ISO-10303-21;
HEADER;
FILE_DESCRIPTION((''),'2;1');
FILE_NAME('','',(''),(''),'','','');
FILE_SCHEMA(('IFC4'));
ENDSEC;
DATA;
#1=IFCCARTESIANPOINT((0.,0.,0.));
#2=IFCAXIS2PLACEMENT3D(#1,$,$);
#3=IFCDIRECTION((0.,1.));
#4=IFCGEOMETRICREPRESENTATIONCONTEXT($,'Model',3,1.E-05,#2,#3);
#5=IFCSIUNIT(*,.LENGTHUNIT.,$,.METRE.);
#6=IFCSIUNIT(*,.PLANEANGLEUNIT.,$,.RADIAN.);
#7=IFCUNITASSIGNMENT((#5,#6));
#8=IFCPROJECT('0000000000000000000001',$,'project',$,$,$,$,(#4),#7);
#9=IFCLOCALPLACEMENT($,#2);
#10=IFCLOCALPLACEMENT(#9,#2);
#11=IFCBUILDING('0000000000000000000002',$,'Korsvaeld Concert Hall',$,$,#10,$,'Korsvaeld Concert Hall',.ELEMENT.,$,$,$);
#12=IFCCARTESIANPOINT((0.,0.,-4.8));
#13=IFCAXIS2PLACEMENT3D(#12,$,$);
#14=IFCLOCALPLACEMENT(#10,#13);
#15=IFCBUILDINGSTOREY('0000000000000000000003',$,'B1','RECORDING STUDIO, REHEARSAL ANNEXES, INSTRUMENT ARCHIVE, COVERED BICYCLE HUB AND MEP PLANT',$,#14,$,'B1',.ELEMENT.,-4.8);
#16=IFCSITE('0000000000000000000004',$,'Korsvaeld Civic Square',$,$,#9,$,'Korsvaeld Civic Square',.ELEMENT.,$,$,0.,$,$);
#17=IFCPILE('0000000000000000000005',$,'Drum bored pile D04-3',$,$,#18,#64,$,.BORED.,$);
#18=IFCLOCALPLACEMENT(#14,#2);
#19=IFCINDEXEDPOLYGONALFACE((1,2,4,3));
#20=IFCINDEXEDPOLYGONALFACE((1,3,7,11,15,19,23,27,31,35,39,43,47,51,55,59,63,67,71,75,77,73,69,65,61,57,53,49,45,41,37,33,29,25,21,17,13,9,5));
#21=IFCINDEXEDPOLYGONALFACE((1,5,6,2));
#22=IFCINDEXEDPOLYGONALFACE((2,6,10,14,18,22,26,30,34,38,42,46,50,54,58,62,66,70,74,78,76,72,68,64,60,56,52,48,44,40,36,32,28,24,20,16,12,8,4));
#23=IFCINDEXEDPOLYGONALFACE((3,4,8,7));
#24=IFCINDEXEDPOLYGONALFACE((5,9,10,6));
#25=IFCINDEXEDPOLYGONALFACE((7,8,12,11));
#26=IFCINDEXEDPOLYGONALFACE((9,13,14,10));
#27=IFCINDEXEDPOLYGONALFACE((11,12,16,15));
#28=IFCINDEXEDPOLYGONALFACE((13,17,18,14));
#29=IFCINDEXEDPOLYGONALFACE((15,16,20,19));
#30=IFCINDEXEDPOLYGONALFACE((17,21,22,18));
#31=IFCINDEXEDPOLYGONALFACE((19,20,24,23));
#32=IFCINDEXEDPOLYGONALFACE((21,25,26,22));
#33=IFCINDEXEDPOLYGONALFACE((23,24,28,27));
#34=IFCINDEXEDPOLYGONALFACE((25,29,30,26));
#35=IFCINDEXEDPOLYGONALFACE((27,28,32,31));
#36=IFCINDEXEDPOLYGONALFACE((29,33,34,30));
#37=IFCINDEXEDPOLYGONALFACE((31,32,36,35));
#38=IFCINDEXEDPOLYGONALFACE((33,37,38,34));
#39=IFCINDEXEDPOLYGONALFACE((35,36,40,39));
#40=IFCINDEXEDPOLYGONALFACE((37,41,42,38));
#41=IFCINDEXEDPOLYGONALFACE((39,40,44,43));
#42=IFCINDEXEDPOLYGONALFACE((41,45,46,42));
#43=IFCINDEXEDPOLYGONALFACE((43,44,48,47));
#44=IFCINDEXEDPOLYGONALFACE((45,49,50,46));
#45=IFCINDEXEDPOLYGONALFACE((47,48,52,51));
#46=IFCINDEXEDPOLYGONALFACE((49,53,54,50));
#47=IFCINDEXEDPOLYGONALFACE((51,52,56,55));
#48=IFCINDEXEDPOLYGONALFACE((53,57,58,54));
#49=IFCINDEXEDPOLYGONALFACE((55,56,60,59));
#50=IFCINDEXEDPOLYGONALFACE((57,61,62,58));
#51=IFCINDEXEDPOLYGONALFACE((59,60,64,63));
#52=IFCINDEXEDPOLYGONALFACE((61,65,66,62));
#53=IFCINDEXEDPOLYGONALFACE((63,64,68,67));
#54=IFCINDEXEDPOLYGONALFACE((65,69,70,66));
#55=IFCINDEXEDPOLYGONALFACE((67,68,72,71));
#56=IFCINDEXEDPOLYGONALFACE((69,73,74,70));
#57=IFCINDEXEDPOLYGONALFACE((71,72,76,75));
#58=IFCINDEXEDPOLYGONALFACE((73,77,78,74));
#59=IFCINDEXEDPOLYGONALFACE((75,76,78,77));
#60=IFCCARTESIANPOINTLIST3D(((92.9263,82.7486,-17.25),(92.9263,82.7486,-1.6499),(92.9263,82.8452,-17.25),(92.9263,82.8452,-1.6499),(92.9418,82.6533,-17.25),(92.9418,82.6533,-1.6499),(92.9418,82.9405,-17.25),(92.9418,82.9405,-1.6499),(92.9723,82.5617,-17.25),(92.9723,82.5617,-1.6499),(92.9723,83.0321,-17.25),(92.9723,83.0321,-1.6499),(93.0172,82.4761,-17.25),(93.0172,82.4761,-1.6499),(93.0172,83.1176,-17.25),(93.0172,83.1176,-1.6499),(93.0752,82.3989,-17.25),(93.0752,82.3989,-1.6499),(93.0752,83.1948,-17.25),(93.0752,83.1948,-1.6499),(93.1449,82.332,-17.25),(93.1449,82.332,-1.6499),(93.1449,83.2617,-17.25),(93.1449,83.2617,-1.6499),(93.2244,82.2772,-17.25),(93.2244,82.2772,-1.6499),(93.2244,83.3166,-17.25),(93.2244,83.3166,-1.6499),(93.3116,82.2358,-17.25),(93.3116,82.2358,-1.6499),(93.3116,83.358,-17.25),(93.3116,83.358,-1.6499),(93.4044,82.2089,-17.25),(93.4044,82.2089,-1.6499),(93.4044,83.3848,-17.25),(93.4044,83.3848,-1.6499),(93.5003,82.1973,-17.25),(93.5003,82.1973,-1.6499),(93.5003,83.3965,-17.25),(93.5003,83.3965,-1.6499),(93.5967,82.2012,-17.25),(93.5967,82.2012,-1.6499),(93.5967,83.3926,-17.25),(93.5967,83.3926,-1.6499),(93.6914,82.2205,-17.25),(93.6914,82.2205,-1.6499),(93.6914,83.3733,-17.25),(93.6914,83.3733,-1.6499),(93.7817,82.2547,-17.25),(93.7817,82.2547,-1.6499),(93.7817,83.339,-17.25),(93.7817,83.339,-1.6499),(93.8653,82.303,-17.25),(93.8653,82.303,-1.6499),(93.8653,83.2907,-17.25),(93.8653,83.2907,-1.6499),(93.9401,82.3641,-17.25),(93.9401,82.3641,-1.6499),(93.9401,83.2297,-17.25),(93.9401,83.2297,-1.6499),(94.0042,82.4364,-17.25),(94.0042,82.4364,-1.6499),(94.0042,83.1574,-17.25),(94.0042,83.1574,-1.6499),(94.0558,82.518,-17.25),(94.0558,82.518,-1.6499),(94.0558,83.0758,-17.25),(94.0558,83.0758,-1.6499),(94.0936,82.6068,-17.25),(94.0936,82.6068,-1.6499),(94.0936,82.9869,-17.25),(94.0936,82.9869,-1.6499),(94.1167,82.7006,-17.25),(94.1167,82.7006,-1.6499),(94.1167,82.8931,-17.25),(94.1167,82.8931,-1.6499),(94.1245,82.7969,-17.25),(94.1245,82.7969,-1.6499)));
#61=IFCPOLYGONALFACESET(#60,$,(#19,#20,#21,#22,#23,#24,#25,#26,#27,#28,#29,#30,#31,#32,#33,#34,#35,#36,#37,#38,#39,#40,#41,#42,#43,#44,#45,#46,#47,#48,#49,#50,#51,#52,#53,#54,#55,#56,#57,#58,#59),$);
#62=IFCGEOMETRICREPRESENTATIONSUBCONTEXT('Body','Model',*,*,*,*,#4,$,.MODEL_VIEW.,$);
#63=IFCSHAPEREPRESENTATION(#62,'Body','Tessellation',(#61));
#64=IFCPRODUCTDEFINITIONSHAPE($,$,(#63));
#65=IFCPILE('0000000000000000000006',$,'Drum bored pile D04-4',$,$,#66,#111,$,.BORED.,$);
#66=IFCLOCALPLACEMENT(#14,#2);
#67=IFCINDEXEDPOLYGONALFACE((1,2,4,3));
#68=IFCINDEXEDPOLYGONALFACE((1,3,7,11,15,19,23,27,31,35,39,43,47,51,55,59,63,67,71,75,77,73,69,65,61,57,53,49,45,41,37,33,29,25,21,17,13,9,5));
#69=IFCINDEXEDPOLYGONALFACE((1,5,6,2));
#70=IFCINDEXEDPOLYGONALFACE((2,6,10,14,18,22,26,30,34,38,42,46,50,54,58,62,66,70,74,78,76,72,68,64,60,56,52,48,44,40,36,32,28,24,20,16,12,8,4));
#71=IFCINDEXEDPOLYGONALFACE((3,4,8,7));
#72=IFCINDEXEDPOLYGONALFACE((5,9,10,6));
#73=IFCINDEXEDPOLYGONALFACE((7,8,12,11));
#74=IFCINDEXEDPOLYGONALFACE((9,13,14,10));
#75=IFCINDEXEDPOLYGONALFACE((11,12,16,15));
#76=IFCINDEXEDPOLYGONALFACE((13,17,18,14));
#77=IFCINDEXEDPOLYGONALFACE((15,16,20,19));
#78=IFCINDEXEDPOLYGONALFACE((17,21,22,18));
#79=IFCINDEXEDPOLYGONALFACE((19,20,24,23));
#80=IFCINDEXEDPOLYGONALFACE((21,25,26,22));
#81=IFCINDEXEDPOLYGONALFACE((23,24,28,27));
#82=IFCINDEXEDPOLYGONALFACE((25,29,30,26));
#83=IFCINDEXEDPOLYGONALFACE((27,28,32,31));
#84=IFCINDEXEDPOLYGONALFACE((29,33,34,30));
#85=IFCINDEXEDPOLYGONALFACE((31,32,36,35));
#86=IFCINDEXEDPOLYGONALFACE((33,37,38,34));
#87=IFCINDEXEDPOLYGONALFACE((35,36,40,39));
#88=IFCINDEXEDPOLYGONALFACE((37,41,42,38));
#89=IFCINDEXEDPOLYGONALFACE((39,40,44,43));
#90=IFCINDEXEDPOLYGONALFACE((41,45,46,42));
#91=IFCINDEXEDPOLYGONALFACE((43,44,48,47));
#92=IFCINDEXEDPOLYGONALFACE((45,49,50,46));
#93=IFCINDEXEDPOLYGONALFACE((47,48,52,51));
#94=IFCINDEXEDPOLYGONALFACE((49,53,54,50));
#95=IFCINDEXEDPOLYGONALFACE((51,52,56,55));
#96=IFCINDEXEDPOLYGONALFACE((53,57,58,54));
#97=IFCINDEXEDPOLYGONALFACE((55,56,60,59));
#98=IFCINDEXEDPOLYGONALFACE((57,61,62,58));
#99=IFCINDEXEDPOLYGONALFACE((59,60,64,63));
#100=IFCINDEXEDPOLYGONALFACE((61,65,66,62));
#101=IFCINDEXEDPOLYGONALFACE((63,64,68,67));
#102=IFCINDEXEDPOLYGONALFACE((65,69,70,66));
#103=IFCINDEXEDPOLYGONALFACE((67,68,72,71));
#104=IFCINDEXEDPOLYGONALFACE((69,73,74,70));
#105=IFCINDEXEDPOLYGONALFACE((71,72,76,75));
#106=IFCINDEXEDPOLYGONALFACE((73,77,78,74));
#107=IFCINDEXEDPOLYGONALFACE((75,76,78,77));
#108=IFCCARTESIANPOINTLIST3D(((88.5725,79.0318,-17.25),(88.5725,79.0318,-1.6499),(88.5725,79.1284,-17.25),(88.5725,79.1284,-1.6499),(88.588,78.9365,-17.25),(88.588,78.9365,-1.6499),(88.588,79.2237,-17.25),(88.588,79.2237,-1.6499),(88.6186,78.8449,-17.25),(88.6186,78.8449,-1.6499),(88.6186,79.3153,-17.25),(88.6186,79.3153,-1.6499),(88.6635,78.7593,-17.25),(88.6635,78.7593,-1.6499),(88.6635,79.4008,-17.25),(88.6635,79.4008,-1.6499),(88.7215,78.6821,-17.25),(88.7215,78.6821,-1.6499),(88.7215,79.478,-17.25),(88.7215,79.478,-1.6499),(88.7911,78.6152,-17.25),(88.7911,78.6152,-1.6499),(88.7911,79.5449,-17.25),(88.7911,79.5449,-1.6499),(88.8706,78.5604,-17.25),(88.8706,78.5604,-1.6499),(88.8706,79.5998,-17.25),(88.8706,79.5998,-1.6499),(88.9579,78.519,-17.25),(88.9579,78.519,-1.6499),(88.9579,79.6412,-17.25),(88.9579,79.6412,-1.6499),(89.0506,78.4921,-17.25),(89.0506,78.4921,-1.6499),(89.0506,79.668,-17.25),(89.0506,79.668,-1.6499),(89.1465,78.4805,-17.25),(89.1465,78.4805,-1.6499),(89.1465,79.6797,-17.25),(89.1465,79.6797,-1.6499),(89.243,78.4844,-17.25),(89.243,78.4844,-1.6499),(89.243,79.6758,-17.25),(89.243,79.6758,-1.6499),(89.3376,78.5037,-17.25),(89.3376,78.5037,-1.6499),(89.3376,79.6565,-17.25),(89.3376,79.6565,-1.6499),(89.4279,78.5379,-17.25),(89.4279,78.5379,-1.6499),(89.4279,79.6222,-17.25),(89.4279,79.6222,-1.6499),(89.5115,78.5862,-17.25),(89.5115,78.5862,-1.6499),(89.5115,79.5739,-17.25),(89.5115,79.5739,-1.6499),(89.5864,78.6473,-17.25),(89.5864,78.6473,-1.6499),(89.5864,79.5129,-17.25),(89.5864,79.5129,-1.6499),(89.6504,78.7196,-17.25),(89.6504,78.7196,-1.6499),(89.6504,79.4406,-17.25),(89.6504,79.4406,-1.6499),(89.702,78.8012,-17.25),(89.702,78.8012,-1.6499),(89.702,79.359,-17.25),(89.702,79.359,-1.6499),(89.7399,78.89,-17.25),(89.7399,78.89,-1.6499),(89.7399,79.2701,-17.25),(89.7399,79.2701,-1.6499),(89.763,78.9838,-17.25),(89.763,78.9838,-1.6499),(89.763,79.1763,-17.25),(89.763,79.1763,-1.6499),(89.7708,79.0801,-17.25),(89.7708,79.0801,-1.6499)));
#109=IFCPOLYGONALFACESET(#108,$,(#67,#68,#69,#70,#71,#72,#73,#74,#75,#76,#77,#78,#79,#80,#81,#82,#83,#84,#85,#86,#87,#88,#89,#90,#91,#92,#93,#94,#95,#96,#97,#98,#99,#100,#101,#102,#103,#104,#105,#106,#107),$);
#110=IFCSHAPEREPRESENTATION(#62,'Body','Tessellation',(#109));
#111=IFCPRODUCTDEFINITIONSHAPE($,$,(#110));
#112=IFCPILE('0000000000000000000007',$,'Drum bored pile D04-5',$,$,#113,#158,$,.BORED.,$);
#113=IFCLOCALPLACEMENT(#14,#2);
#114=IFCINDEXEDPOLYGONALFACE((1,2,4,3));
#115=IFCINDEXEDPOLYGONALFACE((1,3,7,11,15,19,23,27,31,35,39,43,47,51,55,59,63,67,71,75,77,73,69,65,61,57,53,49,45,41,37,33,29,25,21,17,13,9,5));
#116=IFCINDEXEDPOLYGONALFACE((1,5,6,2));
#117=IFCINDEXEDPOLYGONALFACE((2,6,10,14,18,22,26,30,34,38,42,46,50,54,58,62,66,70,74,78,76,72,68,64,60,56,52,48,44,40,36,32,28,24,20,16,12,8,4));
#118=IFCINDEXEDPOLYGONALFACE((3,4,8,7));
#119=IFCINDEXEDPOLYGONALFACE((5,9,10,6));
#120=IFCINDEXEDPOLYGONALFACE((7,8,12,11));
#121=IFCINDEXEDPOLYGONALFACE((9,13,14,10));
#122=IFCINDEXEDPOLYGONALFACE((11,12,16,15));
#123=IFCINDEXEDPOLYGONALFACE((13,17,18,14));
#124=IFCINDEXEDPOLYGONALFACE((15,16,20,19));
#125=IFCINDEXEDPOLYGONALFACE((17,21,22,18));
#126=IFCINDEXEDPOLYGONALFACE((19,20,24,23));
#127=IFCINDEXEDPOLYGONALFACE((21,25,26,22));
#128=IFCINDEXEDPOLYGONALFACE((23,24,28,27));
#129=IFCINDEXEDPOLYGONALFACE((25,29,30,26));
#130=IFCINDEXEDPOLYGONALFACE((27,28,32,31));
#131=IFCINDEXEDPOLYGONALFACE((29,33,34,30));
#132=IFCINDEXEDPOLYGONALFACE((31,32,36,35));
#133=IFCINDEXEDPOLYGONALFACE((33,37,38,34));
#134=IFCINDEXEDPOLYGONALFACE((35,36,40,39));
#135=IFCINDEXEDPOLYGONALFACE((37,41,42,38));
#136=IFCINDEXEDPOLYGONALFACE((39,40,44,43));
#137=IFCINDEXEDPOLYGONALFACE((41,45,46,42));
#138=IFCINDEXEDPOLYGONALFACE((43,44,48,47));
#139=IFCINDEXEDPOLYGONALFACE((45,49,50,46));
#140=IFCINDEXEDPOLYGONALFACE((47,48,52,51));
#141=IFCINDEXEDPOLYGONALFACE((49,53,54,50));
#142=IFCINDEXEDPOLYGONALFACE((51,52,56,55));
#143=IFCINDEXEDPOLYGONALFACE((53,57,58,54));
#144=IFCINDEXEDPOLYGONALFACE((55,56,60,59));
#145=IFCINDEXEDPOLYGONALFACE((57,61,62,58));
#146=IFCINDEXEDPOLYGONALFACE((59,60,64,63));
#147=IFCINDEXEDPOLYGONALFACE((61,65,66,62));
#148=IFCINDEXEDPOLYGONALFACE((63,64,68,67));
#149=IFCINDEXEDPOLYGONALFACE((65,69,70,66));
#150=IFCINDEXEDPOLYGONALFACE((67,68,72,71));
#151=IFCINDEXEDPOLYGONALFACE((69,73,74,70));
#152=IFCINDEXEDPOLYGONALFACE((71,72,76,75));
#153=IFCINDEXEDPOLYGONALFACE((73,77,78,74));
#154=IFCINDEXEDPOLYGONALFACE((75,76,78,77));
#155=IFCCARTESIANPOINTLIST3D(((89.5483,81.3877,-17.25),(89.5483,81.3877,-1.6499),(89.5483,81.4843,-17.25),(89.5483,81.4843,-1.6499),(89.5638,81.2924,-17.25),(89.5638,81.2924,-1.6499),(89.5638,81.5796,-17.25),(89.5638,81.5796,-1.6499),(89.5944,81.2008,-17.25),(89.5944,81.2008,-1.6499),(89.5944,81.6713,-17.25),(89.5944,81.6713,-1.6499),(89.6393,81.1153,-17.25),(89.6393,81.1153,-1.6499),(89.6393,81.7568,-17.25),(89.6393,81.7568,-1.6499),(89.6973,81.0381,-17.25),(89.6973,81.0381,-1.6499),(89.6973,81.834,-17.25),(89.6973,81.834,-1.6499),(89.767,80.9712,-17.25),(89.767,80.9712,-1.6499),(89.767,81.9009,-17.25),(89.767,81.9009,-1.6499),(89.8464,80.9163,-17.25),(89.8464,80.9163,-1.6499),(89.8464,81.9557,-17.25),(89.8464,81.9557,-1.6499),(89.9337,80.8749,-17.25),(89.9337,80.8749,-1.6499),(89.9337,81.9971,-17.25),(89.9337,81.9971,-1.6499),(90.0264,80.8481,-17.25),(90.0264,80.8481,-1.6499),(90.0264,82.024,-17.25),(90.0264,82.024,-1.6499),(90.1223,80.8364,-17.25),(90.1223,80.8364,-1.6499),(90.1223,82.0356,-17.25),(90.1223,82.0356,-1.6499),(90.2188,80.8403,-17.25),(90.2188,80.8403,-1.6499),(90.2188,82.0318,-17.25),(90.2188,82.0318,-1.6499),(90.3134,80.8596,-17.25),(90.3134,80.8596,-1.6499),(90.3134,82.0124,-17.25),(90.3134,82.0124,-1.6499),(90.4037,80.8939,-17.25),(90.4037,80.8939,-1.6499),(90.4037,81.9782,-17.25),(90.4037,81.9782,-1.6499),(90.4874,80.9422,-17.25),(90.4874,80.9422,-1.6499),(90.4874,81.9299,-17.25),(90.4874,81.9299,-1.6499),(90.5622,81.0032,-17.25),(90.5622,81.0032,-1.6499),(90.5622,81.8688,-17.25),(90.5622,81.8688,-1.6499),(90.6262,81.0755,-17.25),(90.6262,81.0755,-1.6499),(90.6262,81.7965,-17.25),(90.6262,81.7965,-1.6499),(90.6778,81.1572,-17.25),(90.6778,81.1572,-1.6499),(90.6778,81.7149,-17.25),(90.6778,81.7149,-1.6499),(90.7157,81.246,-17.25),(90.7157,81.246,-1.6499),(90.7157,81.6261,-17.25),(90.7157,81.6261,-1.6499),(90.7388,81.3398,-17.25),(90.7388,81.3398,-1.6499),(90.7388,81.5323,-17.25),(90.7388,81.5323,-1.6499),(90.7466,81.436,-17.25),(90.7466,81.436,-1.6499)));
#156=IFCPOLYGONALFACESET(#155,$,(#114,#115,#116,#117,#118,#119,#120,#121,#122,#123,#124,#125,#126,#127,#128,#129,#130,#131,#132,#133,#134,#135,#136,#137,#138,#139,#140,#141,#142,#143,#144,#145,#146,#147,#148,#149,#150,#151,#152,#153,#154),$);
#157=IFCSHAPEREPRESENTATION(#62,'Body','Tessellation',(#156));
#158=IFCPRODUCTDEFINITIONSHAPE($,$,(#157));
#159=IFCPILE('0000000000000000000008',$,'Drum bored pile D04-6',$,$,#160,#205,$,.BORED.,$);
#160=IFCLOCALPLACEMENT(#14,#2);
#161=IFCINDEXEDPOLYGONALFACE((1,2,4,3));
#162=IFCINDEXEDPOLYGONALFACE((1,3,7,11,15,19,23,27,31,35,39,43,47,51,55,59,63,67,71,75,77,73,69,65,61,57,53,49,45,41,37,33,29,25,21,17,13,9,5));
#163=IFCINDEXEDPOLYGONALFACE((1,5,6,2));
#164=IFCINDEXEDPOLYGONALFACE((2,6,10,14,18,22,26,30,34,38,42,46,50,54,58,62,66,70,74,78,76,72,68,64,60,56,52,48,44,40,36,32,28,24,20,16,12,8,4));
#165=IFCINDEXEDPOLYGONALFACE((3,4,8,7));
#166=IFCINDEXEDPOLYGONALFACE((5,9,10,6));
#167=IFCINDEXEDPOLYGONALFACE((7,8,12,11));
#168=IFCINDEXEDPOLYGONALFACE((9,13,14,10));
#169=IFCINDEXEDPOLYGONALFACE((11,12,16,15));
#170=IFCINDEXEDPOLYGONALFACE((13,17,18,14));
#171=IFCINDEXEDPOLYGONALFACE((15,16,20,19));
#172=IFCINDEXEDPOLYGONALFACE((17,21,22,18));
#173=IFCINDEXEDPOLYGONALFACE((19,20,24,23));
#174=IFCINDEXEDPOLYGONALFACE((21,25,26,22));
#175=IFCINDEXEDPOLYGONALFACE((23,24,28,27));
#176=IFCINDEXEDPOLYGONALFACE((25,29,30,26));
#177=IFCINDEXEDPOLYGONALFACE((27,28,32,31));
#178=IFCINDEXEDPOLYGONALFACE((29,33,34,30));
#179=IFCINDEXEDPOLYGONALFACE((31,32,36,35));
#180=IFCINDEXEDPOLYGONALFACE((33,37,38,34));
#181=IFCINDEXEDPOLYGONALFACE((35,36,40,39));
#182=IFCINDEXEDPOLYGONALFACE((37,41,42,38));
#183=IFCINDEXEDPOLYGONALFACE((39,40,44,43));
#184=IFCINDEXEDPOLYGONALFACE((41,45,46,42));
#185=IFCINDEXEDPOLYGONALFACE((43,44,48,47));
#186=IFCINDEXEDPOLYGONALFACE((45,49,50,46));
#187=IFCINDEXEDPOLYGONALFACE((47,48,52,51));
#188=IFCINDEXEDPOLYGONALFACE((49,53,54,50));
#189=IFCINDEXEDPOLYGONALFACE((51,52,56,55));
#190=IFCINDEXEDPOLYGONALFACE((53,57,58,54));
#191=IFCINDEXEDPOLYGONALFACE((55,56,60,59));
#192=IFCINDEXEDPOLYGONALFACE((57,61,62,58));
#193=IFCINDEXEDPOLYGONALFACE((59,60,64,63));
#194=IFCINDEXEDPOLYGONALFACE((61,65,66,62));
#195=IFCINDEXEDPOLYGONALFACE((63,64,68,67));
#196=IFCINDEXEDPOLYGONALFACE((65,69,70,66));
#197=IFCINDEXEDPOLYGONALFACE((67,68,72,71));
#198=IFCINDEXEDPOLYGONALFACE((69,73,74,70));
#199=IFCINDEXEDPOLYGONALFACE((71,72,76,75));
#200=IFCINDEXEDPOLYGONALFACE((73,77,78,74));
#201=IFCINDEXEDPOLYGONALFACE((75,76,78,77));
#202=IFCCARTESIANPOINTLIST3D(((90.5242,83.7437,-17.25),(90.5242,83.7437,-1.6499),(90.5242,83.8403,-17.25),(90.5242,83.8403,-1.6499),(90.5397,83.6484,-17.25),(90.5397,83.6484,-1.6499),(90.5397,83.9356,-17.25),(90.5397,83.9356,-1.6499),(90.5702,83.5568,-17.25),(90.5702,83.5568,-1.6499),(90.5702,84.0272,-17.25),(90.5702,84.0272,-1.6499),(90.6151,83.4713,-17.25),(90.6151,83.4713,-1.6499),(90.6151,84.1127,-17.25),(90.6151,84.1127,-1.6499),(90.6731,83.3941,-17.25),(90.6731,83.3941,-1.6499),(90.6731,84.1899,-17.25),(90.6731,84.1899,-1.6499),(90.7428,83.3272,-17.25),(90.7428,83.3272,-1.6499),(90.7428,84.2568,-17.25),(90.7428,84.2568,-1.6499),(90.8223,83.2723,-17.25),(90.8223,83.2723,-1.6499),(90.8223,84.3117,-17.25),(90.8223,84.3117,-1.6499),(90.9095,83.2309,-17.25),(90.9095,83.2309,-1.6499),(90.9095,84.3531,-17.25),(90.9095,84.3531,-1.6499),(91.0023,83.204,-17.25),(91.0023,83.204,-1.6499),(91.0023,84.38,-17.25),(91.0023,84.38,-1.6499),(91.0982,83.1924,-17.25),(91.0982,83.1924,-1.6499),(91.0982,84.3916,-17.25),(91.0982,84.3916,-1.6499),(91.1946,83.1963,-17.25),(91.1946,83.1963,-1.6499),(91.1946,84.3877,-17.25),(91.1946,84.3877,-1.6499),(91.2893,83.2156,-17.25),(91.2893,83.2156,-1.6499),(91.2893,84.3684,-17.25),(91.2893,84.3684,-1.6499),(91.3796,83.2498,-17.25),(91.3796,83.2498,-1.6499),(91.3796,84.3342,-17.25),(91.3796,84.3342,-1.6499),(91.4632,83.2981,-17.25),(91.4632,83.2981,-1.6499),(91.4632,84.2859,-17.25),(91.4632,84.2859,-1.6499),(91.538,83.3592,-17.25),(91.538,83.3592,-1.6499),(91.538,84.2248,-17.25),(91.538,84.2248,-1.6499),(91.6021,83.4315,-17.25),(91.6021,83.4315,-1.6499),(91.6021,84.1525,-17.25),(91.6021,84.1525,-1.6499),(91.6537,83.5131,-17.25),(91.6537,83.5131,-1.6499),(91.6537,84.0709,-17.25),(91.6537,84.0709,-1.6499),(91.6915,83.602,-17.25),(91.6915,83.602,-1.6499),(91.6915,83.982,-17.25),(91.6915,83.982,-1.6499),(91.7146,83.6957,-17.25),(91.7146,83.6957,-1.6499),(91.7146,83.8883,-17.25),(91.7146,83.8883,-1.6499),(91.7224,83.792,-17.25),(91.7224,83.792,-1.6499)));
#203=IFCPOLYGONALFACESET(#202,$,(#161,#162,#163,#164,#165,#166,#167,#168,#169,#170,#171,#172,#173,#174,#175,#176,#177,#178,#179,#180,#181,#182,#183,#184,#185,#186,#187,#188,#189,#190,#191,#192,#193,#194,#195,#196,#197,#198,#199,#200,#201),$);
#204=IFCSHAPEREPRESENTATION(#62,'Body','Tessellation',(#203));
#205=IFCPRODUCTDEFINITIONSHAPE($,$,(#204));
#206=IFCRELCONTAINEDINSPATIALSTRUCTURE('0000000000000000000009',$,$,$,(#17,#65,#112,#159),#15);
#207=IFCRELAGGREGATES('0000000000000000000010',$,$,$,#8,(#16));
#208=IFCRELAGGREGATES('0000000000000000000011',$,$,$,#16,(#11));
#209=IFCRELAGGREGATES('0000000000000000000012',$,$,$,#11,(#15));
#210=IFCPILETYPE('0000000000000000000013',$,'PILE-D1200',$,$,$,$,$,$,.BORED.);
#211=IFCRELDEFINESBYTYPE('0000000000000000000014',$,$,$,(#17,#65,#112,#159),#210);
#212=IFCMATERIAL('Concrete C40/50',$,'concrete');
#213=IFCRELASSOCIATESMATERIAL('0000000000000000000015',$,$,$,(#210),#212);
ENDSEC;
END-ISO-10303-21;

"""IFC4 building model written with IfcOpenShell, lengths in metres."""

from ifc_helpers import new_model, si_unit, direction, frame, origin, origin_2d, place, context, subcontext, project, spatial, circle, extrude, material, material_profile, profile_set, type_object, element, save


model = new_model("IFC4")

# Units and contexts
model_context = context("Model", 3, precision=1e-05, world=origin(), true_north=direction((0.0, 1.0)))
body_context = subcontext(model_context, "Body", "Model", "MODEL_VIEW")
ifc_project = project(units=[si_unit("LENGTHUNIT", "METRE"), si_unit("PLANEANGLEUNIT", "RADIAN")], contexts=[model_context])

# Site, building, storey
site_placement = place(None, origin())
site = spatial("IfcSite", under=ifc_project, at=site_placement, Name="Korsvaeld Civic Square", LongName="Korsvaeld Civic Square", CompositionType="ELEMENT", RefElevation=0.0)
building_placement = place(site_placement, origin())
building = spatial("IfcBuilding", under=site, at=building_placement, Name="Korsvaeld Concert Hall", LongName="Korsvaeld Concert Hall", CompositionType="ELEMENT")
storey_placement = place(building_placement, frame((0.0, 0.0, -4.8)))
storey = spatial("IfcBuildingStorey", under=building, at=storey_placement, Name="B1", Description="RECORDING STUDIO, REHEARSAL ANNEXES, INSTRUMENT ARCHIVE, COVERED BICYCLE HUB AND MEP PLANT", LongName="B1", CompositionType="ELEMENT", Elevation=-4.8)

# Piles
ifc_material_1 = material(Name="Concrete C40/50", Category="concrete")
ifc_material_profile_1 = material_profile(ifc_material_1, circle(Radius=0.6001, at=origin_2d()), Name="BORED PILE D1200")
ifc_profile_set_1 = profile_set([ifc_material_profile_1], Name="Concrete C40/50")
pile_type_1 = type_object("IfcPileType", Name="PILE-D1200", PredefinedType="BORED", material=ifc_profile_set_1)
for number, where, z_axis, x_axis, name in (
    (1, (93.5244, 82.7969, -1.6499), (0.0, 0.0, -1.0), (1.0, 0.0, 0.0), "Drum bored pile D04-3"),
    (2, (89.1707, 79.0801, -1.6499), (0.0, 0.0, -1.0), (1.0, 0.0, 0.0), "Drum bored pile D04-4"),
    (3, (90.1465, 81.436, -1.6499), (0.0, 0.0, -1.0), (1.0, 0.0, 0.0), "Drum bored pile D04-5"),
    (4, (91.1223, 83.792, -1.6499), (0.0, 0.0, -1.0), (1.0, 0.0, 0.0), "Drum bored pile D04-6"),
):
    element("IfcPile", number, at=place(storey_placement, frame(where, z_axis=z_axis, x_axis=x_axis)), inside=storey, type_object=pile_type_1, Name=name, PredefinedType="BORED", context=body_context, shape_type="SweptSolid", body=[
        extrude(circle(Radius=0.6001, at=origin_2d()), origin(), (0.0, 0.0, 1.0), 15.6001),
    ])

save(model, "model.ifc")
